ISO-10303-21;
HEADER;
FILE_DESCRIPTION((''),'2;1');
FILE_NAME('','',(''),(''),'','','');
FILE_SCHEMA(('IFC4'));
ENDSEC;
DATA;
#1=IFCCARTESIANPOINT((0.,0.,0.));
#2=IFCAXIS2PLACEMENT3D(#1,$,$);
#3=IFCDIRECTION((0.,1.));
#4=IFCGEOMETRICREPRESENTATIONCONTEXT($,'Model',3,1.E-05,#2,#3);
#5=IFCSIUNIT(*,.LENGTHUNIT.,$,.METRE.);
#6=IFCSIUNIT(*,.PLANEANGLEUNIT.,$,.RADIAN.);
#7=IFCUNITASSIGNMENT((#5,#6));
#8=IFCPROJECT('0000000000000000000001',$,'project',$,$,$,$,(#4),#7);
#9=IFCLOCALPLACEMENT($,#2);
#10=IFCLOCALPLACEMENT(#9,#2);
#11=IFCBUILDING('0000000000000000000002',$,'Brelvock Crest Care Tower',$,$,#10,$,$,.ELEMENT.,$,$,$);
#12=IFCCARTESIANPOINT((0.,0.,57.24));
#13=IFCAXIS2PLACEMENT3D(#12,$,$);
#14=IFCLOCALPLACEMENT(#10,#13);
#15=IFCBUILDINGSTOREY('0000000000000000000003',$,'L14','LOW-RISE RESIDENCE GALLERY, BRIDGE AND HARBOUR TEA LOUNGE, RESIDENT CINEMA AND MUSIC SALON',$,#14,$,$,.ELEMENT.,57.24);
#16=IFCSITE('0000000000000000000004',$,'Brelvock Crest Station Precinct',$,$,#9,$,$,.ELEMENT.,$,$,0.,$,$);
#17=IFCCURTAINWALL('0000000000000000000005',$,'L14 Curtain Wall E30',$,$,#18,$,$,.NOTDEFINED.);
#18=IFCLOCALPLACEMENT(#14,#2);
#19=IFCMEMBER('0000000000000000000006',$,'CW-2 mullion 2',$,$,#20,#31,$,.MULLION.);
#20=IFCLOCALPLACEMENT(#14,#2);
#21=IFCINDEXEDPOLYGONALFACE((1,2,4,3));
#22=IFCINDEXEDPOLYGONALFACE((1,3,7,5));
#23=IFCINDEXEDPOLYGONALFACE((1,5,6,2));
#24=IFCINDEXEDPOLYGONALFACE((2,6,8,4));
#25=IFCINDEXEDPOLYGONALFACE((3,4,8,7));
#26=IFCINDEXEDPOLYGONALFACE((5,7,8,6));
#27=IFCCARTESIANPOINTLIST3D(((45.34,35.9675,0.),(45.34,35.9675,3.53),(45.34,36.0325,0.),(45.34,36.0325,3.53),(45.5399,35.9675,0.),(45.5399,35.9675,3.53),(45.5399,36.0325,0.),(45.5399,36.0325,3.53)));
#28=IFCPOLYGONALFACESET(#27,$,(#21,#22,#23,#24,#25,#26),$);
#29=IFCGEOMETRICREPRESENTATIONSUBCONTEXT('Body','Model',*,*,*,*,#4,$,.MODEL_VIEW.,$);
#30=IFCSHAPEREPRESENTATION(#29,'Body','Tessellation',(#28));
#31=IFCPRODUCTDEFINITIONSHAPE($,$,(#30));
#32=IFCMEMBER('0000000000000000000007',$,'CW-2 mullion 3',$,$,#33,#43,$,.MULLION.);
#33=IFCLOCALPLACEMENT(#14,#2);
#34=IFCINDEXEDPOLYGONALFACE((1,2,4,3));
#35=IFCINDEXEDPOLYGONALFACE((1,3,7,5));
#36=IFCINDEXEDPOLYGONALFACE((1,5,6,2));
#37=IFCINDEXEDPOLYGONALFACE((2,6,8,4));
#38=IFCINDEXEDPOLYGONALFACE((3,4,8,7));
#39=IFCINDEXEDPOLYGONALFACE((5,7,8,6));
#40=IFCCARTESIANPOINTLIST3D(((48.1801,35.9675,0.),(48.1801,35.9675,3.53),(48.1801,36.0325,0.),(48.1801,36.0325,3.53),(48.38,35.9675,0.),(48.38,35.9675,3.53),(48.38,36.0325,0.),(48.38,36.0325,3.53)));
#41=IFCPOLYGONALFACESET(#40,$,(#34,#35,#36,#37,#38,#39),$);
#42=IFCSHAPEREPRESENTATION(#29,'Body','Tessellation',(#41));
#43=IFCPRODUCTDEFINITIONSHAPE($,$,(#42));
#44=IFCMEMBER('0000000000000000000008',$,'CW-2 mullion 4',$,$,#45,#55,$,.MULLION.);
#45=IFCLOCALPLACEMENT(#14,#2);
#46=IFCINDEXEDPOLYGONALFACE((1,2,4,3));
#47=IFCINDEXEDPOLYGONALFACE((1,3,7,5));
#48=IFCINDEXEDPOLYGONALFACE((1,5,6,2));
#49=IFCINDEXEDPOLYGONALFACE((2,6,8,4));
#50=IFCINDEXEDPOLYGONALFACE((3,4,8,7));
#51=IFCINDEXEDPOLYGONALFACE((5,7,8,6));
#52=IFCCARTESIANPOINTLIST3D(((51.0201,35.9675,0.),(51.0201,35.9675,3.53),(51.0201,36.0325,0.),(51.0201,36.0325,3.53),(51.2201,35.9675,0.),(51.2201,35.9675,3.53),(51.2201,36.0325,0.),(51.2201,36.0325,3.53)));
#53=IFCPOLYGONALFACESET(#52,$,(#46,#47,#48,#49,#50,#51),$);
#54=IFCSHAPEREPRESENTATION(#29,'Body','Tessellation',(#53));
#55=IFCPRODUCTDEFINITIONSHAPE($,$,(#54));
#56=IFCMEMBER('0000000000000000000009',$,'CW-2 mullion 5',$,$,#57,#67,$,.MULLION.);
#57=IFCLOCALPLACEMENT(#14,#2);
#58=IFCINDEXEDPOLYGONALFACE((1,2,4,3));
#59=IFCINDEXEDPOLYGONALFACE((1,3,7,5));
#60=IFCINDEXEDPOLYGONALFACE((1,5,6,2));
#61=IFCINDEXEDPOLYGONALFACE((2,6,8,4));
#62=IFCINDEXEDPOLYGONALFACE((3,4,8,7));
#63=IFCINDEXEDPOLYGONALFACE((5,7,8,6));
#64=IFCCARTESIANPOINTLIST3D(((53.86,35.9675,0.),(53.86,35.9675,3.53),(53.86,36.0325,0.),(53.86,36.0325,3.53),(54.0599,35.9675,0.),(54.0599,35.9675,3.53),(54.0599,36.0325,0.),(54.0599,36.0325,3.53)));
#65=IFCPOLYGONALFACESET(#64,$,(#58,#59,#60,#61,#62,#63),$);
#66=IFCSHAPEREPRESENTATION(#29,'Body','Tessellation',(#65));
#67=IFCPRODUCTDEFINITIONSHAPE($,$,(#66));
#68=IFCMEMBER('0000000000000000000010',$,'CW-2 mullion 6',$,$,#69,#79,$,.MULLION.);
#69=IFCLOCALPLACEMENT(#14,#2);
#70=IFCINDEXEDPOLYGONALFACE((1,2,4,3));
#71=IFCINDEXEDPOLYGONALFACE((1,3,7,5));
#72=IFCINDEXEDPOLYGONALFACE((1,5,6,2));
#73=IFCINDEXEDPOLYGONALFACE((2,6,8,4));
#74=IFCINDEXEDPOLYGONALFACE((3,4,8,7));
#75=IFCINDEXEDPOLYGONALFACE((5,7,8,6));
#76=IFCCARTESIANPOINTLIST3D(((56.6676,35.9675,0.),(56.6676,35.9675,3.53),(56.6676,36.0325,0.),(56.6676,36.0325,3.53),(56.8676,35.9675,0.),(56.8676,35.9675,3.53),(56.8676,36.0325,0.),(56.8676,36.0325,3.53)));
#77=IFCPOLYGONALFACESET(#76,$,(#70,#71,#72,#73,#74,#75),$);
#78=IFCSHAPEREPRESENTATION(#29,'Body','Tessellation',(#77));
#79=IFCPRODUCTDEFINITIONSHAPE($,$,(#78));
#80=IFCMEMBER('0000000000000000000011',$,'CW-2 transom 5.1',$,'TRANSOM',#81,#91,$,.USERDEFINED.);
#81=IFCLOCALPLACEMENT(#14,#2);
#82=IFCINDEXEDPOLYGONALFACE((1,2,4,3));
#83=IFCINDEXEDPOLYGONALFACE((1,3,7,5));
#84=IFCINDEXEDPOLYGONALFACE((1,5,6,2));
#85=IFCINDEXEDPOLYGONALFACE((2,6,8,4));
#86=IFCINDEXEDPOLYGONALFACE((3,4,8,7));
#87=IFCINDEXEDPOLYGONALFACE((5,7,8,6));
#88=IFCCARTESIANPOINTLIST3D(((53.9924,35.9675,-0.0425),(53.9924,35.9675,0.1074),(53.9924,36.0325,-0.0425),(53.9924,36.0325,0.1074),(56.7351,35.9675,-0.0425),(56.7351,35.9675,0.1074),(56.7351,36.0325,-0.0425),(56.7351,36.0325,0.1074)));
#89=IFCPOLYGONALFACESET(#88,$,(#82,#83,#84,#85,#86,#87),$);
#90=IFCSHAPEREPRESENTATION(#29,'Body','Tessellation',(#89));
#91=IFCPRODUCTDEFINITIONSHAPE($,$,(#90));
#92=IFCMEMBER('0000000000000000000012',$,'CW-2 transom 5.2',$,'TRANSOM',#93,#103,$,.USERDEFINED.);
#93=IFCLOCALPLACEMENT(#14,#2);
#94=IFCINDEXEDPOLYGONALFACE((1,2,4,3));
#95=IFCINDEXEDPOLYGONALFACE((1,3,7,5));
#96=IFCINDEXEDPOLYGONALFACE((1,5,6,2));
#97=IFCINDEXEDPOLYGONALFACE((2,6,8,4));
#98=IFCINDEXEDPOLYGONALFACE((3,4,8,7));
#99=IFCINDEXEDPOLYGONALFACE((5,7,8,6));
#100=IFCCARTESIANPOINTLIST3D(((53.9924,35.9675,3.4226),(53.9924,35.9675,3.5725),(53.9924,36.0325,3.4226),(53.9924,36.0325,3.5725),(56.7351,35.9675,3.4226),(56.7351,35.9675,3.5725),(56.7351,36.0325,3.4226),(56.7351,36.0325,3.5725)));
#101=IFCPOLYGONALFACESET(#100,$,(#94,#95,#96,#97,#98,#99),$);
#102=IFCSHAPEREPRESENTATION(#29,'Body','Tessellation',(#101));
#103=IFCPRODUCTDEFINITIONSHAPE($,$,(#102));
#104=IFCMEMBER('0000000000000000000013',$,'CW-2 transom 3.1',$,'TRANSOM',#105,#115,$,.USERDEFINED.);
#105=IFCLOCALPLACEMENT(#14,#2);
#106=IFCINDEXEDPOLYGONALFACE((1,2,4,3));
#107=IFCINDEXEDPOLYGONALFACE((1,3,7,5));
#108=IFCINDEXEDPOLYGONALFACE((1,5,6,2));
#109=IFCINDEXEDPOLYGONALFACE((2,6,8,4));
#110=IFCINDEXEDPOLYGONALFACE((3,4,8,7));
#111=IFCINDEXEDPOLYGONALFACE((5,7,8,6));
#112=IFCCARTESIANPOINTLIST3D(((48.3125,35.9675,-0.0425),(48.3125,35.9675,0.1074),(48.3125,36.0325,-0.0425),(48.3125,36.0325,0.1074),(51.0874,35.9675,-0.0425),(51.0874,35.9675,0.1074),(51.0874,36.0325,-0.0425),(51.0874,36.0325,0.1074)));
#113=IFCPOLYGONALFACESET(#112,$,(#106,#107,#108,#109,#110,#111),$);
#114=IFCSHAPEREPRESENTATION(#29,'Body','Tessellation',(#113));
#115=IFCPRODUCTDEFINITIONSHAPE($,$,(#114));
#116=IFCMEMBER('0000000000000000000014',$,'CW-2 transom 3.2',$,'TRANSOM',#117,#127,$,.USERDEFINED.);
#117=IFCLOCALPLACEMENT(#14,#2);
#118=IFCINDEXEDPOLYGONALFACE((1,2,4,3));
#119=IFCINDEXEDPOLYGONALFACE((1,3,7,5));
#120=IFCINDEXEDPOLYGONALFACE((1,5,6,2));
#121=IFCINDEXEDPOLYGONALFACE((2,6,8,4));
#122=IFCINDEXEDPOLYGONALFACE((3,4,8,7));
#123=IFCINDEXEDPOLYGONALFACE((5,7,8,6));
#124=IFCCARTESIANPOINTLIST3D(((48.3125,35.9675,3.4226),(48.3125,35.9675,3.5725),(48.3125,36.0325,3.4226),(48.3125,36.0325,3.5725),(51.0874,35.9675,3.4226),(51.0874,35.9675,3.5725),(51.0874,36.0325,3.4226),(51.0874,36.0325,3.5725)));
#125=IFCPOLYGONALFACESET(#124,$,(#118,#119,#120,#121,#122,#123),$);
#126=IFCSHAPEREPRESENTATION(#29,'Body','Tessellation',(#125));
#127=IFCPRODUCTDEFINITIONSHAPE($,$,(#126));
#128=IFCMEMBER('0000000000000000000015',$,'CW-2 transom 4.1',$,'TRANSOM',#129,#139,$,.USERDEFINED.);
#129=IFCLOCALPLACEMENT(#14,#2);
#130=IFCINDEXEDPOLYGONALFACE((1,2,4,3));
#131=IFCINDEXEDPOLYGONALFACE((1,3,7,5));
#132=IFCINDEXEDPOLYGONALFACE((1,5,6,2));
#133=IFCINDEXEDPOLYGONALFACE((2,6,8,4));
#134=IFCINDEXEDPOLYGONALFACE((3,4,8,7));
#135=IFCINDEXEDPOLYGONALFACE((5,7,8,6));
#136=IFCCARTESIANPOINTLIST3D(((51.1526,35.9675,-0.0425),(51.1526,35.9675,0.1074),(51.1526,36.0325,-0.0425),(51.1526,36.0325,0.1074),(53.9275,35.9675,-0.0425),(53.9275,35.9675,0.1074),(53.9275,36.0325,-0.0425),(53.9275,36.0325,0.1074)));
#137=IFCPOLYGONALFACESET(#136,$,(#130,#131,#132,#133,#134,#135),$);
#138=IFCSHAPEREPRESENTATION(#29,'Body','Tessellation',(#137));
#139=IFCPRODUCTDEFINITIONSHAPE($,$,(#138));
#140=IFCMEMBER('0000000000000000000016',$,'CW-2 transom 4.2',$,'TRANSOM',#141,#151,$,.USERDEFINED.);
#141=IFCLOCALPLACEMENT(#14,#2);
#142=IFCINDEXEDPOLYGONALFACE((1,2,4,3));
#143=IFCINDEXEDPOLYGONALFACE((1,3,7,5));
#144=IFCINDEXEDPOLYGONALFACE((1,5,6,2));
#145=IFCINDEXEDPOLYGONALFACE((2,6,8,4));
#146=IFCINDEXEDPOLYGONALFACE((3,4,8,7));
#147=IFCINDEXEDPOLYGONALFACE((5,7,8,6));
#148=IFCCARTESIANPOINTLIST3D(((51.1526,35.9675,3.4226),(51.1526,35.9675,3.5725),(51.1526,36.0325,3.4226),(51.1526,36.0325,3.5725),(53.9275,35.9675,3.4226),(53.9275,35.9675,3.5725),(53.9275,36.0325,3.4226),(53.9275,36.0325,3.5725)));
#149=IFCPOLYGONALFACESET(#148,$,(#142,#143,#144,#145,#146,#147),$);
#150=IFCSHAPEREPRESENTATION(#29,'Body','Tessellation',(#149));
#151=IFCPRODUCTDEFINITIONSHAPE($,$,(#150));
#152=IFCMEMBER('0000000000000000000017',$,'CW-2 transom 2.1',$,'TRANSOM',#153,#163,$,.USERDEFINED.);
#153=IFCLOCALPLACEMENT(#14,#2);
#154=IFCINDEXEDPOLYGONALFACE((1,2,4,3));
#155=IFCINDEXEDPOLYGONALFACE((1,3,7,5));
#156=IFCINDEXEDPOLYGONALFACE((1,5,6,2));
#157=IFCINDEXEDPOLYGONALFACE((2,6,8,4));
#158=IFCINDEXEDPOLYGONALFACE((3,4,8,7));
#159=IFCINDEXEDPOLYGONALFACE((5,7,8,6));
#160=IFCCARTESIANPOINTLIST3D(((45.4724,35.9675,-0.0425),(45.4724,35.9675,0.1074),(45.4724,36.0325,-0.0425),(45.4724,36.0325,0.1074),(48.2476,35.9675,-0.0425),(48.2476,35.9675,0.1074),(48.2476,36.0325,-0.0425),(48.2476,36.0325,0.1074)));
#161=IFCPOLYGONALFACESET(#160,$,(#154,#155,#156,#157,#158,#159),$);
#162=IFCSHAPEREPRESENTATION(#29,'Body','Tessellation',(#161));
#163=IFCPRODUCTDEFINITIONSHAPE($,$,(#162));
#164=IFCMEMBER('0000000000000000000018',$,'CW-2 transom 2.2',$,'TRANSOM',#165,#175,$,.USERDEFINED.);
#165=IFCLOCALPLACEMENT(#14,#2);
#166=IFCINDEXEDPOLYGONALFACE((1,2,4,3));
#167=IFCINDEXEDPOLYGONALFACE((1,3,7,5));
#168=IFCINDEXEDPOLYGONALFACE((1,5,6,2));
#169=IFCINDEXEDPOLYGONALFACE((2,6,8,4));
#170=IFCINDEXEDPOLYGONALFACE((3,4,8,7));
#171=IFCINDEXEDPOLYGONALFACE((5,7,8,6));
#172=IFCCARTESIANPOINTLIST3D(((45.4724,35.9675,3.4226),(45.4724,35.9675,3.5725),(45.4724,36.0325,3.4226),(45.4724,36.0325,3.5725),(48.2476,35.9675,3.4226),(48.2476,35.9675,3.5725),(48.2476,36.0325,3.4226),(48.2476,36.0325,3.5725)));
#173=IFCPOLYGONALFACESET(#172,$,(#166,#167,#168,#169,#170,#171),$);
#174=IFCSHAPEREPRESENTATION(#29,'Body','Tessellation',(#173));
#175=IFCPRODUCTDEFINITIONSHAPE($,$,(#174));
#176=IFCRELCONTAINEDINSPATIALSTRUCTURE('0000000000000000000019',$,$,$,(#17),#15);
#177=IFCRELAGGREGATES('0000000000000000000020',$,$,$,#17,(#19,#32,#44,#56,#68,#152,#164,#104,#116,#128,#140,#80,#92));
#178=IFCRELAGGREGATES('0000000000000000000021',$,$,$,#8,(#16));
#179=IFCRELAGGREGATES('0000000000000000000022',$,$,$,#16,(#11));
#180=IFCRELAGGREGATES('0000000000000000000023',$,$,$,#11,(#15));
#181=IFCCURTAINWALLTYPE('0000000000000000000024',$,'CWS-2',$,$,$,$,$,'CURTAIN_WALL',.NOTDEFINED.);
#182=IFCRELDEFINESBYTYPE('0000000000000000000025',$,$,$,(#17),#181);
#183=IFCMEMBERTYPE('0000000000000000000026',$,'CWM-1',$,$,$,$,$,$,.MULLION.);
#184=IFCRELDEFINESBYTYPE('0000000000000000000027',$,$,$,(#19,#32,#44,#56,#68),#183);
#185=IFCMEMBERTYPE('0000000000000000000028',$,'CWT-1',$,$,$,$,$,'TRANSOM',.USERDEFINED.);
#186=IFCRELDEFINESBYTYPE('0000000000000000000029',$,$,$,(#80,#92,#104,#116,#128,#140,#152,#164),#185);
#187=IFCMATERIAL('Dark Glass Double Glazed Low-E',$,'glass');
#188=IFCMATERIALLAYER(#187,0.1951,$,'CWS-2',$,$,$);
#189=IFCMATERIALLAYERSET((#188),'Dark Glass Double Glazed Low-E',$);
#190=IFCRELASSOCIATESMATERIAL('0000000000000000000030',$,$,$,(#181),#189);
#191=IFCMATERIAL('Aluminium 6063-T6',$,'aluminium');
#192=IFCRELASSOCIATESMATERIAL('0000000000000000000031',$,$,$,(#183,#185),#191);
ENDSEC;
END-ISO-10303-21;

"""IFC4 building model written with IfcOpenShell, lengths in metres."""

from ifc_helpers import new_model, si_unit, direction, frame, origin, origin_2d, place, context, subcontext, project, spatial, rectangle, extrude, source, transform, mapped, material, layer, layer_set, material_profile, profile_set, type_object, element, aggregate, save


model = new_model("IFC4")

# Units and contexts
model_context = context("Model", 3, precision=1e-05, world=origin(), true_north=direction((0.0, 1.0)))
body_context = subcontext(model_context, "Body", "Model", "MODEL_VIEW")
ifc_project = project(units=[si_unit("LENGTHUNIT", "METRE"), si_unit("PLANEANGLEUNIT", "RADIAN")], contexts=[model_context])

# Site, building, storey
site_placement = place(None, origin())
site = spatial("IfcSite", under=ifc_project, at=site_placement, Name="Brelvock Crest Station Precinct", CompositionType="ELEMENT", RefElevation=0.0)
building_placement = place(site_placement, origin())
building = spatial("IfcBuilding", under=site, at=building_placement, Name="Brelvock Crest Care Tower", CompositionType="ELEMENT")
storey_placement = place(building_placement, frame((0.0, 0.0, 57.24)))
storey = spatial("IfcBuildingStorey", under=building, at=storey_placement, Name="L14", Description="LOW-RISE RESIDENCE GALLERY, BRIDGE AND HARBOUR TEA LOUNGE, RESIDENT CINEMA AND MUSIC SALON", CompositionType="ELEMENT", Elevation=57.24)

# Curtain wall, members
ifc_material_1 = material(Name="Dark Glass Double Glazed Low-E", Category="glass")
ifc_layer_1 = layer(ifc_material_1, 0.1951, Name="CWS-2")
ifc_layer_set_1 = layer_set([ifc_layer_1], Name="Dark Glass Double Glazed Low-E")
curtain_wall_type = type_object("IfcCurtainWallType", Name="CWS-2", ElementType="CURTAIN_WALL", PredefinedType="NOTDEFINED", material=ifc_layer_set_1)
curtain_wall_placement = place(storey_placement, origin())
curtain_wall = element("IfcCurtainWall", 1, at=curtain_wall_placement, inside=storey, type_object=curtain_wall_type, Name="L14 Curtain Wall E30", PredefinedType="NOTDEFINED")
ifc_material_2 = material(Name="Aluminium 6063-T6", Category="aluminium")
ifc_material_profile_1 = material_profile(ifc_material_2, rectangle(XDim=0.0649, YDim=0.2, at=origin_2d()), Name="ALU65x200")
ifc_profile_set_1 = profile_set([ifc_material_profile_1], Name="Aluminium 6063-T6")
member_type_1 = type_object("IfcMemberType", Name="CWM-1", PredefinedType="MULLION", material=ifc_profile_set_1)
shared_shape_1 = source(origin(), body_context, "Body", "SweptSolid", [
    extrude(rectangle(XDim=0.0649, YDim=0.2, at=origin_2d()), origin(), (0.0, 0.0, 1.0), 3.53),
])
member_1_placement = place(storey_placement, frame((45.4399, 36.0, 0.0), z_axis=(0.0, 0.0, 1.0), x_axis=(0.0, 1.0, 0.0)))
member_1 = element("IfcMember", 2, at=member_1_placement, type_object=member_type_1, Name="CW-2 mullion 2", PredefinedType="MULLION", context=body_context, shape_type="MappedRepresentation", body=[
    mapped(shared_shape_1, transform((0.0, 0.0, 0.0), x_axis=(1.0, 0.0, 0.0), y_axis=(0.0, 1.0, 0.0), z_axis=(0.0, 0.0, 1.0), scale=1.0)),
])
member_2_placement = place(storey_placement, frame((48.28, 36.0, 0.0), z_axis=(0.0, 0.0, 1.0), x_axis=(0.0, 1.0, 0.0)))
member_2 = element("IfcMember", 3, at=member_2_placement, type_object=member_type_1, Name="CW-2 mullion 3", PredefinedType="MULLION", context=body_context, shape_type="MappedRepresentation", body=[
    mapped(shared_shape_1, transform((0.0, 0.0, 0.0), x_axis=(1.0, 0.0, 0.0), y_axis=(0.0, 1.0, 0.0), z_axis=(0.0, 0.0, 1.0), scale=1.0)),
])
member_3_placement = place(storey_placement, frame((51.1201, 36.0, 0.0), z_axis=(0.0, 0.0, 1.0), x_axis=(0.0, 1.0, 0.0)))
member_3 = element("IfcMember", 4, at=member_3_placement, type_object=member_type_1, Name="CW-2 mullion 4", PredefinedType="MULLION", context=body_context, shape_type="MappedRepresentation", body=[
    mapped(shared_shape_1, transform((0.0, 0.0, 0.0), x_axis=(1.0, 0.0, 0.0), y_axis=(0.0, 1.0, 0.0), z_axis=(0.0, 0.0, 1.0), scale=1.0)),
])
member_4_placement = place(storey_placement, frame((53.96, 36.0, 0.0), z_axis=(0.0, 0.0, 1.0), x_axis=(0.0, 1.0, 0.0)))
member_4 = element("IfcMember", 5, at=member_4_placement, type_object=member_type_1, Name="CW-2 mullion 5", PredefinedType="MULLION", context=body_context, shape_type="MappedRepresentation", body=[
    mapped(shared_shape_1, transform((0.0, 0.0, 0.0), x_axis=(1.0, 0.0, 0.0), y_axis=(0.0, 1.0, 0.0), z_axis=(0.0, 0.0, 1.0), scale=1.0)),
])
member_5_placement = place(storey_placement, frame((56.7676, 36.0, 0.0), z_axis=(0.0, 0.0, 1.0), x_axis=(0.0, 1.0, 0.0)))
member_5 = element("IfcMember", 6, at=member_5_placement, type_object=member_type_1, Name="CW-2 mullion 6", PredefinedType="MULLION", context=body_context, shape_type="MappedRepresentation", body=[
    mapped(shared_shape_1, transform((0.0, 0.0, 0.0), x_axis=(1.0, 0.0, 0.0), y_axis=(0.0, 1.0, 0.0), z_axis=(0.0, 0.0, 1.0), scale=1.0)),
])
ifc_material_profile_2 = material_profile(ifc_material_2, rectangle(XDim=0.0649, YDim=0.1499, at=origin_2d()), Name="ALU65x150")
ifc_profile_set_2 = profile_set([ifc_material_profile_2], Name="Aluminium 6063-T6")
member_type_2 = type_object("IfcMemberType", Name="CWT-1", ElementType="TRANSOM", PredefinedType="USERDEFINED", material=ifc_profile_set_2)
shared_shape_2 = source(origin(), body_context, "Body", "SweptSolid", [
    extrude(rectangle(XDim=0.0649, YDim=0.1499, at=origin_2d()), origin(), (0.0, 0.0, 1.0), 2.7427),
])
member_6_placement = place(storey_placement, frame((53.9924, 36.0, 0.0325), z_axis=(1.0, 0.0, 0.0), x_axis=(0.0, 1.0, 0.0)))
member_6 = element("IfcMember", 7, at=member_6_placement, type_object=member_type_2, Name="CW-2 transom 5.1", ObjectType="TRANSOM", PredefinedType="USERDEFINED", context=body_context, shape_type="MappedRepresentation", body=[
    mapped(shared_shape_2, transform((0.0, 0.0, 0.0), x_axis=(1.0, 0.0, 0.0), y_axis=(0.0, 1.0, 0.0), z_axis=(0.0, 0.0, 1.0), scale=1.0)),
])
member_7_placement = place(storey_placement, frame((53.9924, 36.0, 3.4976), z_axis=(1.0, 0.0, 0.0), x_axis=(0.0, 1.0, 0.0)))
member_7 = element("IfcMember", 8, at=member_7_placement, type_object=member_type_2, Name="CW-2 transom 5.2", ObjectType="TRANSOM", PredefinedType="USERDEFINED", context=body_context, shape_type="MappedRepresentation", body=[
    mapped(shared_shape_2, transform((0.0, 0.0, 0.0), x_axis=(1.0, 0.0, 0.0), y_axis=(0.0, 1.0, 0.0), z_axis=(0.0, 0.0, 1.0), scale=1.0)),
])
shared_shape_3 = source(origin(), body_context, "Body", "SweptSolid", [
    extrude(rectangle(XDim=0.0649, YDim=0.1499, at=origin_2d()), origin(), (0.0, 0.0, 1.0), 2.7749),
])
member_8_placement = place(storey_placement, frame((48.3125, 36.0, 0.0325), z_axis=(1.0, 0.0, 0.0), x_axis=(0.0, 1.0, 0.0)))
member_8 = element("IfcMember", 9, at=member_8_placement, type_object=member_type_2, Name="CW-2 transom 3.1", ObjectType="TRANSOM", PredefinedType="USERDEFINED", context=body_context, shape_type="MappedRepresentation", body=[
    mapped(shared_shape_3, transform((0.0, 0.0, 0.0), x_axis=(1.0, 0.0, 0.0), y_axis=(0.0, 1.0, 0.0), z_axis=(0.0, 0.0, 1.0), scale=1.0)),
])
member_9_placement = place(storey_placement, frame((48.3125, 36.0, 3.4976), z_axis=(1.0, 0.0, 0.0), x_axis=(0.0, 1.0, 0.0)))
member_9 = element("IfcMember", 10, at=member_9_placement, type_object=member_type_2, Name="CW-2 transom 3.2", ObjectType="TRANSOM", PredefinedType="USERDEFINED", context=body_context, shape_type="MappedRepresentation", body=[
    mapped(shared_shape_3, transform((0.0, 0.0, 0.0), x_axis=(1.0, 0.0, 0.0), y_axis=(0.0, 1.0, 0.0), z_axis=(0.0, 0.0, 1.0), scale=1.0)),
])
member_10_placement = place(storey_placement, frame((51.1526, 36.0, 0.0325), z_axis=(1.0, 0.0, 0.0), x_axis=(0.0, 1.0, 0.0)))
member_10 = element("IfcMember", 11, at=member_10_placement, type_object=member_type_2, Name="CW-2 transom 4.1", ObjectType="TRANSOM", PredefinedType="USERDEFINED", context=body_context, shape_type="MappedRepresentation", body=[
    mapped(shared_shape_3, transform((0.0, 0.0, 0.0), x_axis=(1.0, 0.0, 0.0), y_axis=(0.0, 1.0, 0.0), z_axis=(0.0, 0.0, 1.0), scale=1.0)),
])
member_11_placement = place(storey_placement, frame((51.1526, 36.0, 3.4976), z_axis=(1.0, 0.0, 0.0), x_axis=(0.0, 1.0, 0.0)))
member_11 = element("IfcMember", 12, at=member_11_placement, type_object=member_type_2, Name="CW-2 transom 4.2", ObjectType="TRANSOM", PredefinedType="USERDEFINED", context=body_context, shape_type="MappedRepresentation", body=[
    mapped(shared_shape_3, transform((0.0, 0.0, 0.0), x_axis=(1.0, 0.0, 0.0), y_axis=(0.0, 1.0, 0.0), z_axis=(0.0, 0.0, 1.0), scale=1.0)),
])
shared_shape_4 = source(origin(), body_context, "Body", "SweptSolid", [
    extrude(rectangle(XDim=0.0649, YDim=0.1499, at=origin_2d()), origin(), (0.0, 0.0, 1.0), 2.7751),
])
member_12_placement = place(storey_placement, frame((45.4724, 36.0, 0.0325), z_axis=(1.0, 0.0, 0.0), x_axis=(0.0, 1.0, 0.0)))
member_12 = element("IfcMember", 13, at=member_12_placement, type_object=member_type_2, Name="CW-2 transom 2.1", ObjectType="TRANSOM", PredefinedType="USERDEFINED", context=body_context, shape_type="MappedRepresentation", body=[
    mapped(shared_shape_4, transform((0.0, 0.0, 0.0), x_axis=(1.0, 0.0, 0.0), y_axis=(0.0, 1.0, 0.0), z_axis=(0.0, 0.0, 1.0), scale=1.0)),
])
member_13_placement = place(storey_placement, frame((45.4724, 36.0, 3.4976), z_axis=(1.0, 0.0, 0.0), x_axis=(0.0, 1.0, 0.0)))
member_13 = element("IfcMember", 14, at=member_13_placement, type_object=member_type_2, Name="CW-2 transom 2.2", ObjectType="TRANSOM", PredefinedType="USERDEFINED", context=body_context, shape_type="MappedRepresentation", body=[
    mapped(shared_shape_4, transform((0.0, 0.0, 0.0), x_axis=(1.0, 0.0, 0.0), y_axis=(0.0, 1.0, 0.0), z_axis=(0.0, 0.0, 1.0), scale=1.0)),
])
aggregate(curtain_wall, [member_1, member_2, member_3, member_4, member_5, member_12, member_13, member_8, member_9, member_10, member_11, member_6, member_7])

save(model, "model.ifc")
